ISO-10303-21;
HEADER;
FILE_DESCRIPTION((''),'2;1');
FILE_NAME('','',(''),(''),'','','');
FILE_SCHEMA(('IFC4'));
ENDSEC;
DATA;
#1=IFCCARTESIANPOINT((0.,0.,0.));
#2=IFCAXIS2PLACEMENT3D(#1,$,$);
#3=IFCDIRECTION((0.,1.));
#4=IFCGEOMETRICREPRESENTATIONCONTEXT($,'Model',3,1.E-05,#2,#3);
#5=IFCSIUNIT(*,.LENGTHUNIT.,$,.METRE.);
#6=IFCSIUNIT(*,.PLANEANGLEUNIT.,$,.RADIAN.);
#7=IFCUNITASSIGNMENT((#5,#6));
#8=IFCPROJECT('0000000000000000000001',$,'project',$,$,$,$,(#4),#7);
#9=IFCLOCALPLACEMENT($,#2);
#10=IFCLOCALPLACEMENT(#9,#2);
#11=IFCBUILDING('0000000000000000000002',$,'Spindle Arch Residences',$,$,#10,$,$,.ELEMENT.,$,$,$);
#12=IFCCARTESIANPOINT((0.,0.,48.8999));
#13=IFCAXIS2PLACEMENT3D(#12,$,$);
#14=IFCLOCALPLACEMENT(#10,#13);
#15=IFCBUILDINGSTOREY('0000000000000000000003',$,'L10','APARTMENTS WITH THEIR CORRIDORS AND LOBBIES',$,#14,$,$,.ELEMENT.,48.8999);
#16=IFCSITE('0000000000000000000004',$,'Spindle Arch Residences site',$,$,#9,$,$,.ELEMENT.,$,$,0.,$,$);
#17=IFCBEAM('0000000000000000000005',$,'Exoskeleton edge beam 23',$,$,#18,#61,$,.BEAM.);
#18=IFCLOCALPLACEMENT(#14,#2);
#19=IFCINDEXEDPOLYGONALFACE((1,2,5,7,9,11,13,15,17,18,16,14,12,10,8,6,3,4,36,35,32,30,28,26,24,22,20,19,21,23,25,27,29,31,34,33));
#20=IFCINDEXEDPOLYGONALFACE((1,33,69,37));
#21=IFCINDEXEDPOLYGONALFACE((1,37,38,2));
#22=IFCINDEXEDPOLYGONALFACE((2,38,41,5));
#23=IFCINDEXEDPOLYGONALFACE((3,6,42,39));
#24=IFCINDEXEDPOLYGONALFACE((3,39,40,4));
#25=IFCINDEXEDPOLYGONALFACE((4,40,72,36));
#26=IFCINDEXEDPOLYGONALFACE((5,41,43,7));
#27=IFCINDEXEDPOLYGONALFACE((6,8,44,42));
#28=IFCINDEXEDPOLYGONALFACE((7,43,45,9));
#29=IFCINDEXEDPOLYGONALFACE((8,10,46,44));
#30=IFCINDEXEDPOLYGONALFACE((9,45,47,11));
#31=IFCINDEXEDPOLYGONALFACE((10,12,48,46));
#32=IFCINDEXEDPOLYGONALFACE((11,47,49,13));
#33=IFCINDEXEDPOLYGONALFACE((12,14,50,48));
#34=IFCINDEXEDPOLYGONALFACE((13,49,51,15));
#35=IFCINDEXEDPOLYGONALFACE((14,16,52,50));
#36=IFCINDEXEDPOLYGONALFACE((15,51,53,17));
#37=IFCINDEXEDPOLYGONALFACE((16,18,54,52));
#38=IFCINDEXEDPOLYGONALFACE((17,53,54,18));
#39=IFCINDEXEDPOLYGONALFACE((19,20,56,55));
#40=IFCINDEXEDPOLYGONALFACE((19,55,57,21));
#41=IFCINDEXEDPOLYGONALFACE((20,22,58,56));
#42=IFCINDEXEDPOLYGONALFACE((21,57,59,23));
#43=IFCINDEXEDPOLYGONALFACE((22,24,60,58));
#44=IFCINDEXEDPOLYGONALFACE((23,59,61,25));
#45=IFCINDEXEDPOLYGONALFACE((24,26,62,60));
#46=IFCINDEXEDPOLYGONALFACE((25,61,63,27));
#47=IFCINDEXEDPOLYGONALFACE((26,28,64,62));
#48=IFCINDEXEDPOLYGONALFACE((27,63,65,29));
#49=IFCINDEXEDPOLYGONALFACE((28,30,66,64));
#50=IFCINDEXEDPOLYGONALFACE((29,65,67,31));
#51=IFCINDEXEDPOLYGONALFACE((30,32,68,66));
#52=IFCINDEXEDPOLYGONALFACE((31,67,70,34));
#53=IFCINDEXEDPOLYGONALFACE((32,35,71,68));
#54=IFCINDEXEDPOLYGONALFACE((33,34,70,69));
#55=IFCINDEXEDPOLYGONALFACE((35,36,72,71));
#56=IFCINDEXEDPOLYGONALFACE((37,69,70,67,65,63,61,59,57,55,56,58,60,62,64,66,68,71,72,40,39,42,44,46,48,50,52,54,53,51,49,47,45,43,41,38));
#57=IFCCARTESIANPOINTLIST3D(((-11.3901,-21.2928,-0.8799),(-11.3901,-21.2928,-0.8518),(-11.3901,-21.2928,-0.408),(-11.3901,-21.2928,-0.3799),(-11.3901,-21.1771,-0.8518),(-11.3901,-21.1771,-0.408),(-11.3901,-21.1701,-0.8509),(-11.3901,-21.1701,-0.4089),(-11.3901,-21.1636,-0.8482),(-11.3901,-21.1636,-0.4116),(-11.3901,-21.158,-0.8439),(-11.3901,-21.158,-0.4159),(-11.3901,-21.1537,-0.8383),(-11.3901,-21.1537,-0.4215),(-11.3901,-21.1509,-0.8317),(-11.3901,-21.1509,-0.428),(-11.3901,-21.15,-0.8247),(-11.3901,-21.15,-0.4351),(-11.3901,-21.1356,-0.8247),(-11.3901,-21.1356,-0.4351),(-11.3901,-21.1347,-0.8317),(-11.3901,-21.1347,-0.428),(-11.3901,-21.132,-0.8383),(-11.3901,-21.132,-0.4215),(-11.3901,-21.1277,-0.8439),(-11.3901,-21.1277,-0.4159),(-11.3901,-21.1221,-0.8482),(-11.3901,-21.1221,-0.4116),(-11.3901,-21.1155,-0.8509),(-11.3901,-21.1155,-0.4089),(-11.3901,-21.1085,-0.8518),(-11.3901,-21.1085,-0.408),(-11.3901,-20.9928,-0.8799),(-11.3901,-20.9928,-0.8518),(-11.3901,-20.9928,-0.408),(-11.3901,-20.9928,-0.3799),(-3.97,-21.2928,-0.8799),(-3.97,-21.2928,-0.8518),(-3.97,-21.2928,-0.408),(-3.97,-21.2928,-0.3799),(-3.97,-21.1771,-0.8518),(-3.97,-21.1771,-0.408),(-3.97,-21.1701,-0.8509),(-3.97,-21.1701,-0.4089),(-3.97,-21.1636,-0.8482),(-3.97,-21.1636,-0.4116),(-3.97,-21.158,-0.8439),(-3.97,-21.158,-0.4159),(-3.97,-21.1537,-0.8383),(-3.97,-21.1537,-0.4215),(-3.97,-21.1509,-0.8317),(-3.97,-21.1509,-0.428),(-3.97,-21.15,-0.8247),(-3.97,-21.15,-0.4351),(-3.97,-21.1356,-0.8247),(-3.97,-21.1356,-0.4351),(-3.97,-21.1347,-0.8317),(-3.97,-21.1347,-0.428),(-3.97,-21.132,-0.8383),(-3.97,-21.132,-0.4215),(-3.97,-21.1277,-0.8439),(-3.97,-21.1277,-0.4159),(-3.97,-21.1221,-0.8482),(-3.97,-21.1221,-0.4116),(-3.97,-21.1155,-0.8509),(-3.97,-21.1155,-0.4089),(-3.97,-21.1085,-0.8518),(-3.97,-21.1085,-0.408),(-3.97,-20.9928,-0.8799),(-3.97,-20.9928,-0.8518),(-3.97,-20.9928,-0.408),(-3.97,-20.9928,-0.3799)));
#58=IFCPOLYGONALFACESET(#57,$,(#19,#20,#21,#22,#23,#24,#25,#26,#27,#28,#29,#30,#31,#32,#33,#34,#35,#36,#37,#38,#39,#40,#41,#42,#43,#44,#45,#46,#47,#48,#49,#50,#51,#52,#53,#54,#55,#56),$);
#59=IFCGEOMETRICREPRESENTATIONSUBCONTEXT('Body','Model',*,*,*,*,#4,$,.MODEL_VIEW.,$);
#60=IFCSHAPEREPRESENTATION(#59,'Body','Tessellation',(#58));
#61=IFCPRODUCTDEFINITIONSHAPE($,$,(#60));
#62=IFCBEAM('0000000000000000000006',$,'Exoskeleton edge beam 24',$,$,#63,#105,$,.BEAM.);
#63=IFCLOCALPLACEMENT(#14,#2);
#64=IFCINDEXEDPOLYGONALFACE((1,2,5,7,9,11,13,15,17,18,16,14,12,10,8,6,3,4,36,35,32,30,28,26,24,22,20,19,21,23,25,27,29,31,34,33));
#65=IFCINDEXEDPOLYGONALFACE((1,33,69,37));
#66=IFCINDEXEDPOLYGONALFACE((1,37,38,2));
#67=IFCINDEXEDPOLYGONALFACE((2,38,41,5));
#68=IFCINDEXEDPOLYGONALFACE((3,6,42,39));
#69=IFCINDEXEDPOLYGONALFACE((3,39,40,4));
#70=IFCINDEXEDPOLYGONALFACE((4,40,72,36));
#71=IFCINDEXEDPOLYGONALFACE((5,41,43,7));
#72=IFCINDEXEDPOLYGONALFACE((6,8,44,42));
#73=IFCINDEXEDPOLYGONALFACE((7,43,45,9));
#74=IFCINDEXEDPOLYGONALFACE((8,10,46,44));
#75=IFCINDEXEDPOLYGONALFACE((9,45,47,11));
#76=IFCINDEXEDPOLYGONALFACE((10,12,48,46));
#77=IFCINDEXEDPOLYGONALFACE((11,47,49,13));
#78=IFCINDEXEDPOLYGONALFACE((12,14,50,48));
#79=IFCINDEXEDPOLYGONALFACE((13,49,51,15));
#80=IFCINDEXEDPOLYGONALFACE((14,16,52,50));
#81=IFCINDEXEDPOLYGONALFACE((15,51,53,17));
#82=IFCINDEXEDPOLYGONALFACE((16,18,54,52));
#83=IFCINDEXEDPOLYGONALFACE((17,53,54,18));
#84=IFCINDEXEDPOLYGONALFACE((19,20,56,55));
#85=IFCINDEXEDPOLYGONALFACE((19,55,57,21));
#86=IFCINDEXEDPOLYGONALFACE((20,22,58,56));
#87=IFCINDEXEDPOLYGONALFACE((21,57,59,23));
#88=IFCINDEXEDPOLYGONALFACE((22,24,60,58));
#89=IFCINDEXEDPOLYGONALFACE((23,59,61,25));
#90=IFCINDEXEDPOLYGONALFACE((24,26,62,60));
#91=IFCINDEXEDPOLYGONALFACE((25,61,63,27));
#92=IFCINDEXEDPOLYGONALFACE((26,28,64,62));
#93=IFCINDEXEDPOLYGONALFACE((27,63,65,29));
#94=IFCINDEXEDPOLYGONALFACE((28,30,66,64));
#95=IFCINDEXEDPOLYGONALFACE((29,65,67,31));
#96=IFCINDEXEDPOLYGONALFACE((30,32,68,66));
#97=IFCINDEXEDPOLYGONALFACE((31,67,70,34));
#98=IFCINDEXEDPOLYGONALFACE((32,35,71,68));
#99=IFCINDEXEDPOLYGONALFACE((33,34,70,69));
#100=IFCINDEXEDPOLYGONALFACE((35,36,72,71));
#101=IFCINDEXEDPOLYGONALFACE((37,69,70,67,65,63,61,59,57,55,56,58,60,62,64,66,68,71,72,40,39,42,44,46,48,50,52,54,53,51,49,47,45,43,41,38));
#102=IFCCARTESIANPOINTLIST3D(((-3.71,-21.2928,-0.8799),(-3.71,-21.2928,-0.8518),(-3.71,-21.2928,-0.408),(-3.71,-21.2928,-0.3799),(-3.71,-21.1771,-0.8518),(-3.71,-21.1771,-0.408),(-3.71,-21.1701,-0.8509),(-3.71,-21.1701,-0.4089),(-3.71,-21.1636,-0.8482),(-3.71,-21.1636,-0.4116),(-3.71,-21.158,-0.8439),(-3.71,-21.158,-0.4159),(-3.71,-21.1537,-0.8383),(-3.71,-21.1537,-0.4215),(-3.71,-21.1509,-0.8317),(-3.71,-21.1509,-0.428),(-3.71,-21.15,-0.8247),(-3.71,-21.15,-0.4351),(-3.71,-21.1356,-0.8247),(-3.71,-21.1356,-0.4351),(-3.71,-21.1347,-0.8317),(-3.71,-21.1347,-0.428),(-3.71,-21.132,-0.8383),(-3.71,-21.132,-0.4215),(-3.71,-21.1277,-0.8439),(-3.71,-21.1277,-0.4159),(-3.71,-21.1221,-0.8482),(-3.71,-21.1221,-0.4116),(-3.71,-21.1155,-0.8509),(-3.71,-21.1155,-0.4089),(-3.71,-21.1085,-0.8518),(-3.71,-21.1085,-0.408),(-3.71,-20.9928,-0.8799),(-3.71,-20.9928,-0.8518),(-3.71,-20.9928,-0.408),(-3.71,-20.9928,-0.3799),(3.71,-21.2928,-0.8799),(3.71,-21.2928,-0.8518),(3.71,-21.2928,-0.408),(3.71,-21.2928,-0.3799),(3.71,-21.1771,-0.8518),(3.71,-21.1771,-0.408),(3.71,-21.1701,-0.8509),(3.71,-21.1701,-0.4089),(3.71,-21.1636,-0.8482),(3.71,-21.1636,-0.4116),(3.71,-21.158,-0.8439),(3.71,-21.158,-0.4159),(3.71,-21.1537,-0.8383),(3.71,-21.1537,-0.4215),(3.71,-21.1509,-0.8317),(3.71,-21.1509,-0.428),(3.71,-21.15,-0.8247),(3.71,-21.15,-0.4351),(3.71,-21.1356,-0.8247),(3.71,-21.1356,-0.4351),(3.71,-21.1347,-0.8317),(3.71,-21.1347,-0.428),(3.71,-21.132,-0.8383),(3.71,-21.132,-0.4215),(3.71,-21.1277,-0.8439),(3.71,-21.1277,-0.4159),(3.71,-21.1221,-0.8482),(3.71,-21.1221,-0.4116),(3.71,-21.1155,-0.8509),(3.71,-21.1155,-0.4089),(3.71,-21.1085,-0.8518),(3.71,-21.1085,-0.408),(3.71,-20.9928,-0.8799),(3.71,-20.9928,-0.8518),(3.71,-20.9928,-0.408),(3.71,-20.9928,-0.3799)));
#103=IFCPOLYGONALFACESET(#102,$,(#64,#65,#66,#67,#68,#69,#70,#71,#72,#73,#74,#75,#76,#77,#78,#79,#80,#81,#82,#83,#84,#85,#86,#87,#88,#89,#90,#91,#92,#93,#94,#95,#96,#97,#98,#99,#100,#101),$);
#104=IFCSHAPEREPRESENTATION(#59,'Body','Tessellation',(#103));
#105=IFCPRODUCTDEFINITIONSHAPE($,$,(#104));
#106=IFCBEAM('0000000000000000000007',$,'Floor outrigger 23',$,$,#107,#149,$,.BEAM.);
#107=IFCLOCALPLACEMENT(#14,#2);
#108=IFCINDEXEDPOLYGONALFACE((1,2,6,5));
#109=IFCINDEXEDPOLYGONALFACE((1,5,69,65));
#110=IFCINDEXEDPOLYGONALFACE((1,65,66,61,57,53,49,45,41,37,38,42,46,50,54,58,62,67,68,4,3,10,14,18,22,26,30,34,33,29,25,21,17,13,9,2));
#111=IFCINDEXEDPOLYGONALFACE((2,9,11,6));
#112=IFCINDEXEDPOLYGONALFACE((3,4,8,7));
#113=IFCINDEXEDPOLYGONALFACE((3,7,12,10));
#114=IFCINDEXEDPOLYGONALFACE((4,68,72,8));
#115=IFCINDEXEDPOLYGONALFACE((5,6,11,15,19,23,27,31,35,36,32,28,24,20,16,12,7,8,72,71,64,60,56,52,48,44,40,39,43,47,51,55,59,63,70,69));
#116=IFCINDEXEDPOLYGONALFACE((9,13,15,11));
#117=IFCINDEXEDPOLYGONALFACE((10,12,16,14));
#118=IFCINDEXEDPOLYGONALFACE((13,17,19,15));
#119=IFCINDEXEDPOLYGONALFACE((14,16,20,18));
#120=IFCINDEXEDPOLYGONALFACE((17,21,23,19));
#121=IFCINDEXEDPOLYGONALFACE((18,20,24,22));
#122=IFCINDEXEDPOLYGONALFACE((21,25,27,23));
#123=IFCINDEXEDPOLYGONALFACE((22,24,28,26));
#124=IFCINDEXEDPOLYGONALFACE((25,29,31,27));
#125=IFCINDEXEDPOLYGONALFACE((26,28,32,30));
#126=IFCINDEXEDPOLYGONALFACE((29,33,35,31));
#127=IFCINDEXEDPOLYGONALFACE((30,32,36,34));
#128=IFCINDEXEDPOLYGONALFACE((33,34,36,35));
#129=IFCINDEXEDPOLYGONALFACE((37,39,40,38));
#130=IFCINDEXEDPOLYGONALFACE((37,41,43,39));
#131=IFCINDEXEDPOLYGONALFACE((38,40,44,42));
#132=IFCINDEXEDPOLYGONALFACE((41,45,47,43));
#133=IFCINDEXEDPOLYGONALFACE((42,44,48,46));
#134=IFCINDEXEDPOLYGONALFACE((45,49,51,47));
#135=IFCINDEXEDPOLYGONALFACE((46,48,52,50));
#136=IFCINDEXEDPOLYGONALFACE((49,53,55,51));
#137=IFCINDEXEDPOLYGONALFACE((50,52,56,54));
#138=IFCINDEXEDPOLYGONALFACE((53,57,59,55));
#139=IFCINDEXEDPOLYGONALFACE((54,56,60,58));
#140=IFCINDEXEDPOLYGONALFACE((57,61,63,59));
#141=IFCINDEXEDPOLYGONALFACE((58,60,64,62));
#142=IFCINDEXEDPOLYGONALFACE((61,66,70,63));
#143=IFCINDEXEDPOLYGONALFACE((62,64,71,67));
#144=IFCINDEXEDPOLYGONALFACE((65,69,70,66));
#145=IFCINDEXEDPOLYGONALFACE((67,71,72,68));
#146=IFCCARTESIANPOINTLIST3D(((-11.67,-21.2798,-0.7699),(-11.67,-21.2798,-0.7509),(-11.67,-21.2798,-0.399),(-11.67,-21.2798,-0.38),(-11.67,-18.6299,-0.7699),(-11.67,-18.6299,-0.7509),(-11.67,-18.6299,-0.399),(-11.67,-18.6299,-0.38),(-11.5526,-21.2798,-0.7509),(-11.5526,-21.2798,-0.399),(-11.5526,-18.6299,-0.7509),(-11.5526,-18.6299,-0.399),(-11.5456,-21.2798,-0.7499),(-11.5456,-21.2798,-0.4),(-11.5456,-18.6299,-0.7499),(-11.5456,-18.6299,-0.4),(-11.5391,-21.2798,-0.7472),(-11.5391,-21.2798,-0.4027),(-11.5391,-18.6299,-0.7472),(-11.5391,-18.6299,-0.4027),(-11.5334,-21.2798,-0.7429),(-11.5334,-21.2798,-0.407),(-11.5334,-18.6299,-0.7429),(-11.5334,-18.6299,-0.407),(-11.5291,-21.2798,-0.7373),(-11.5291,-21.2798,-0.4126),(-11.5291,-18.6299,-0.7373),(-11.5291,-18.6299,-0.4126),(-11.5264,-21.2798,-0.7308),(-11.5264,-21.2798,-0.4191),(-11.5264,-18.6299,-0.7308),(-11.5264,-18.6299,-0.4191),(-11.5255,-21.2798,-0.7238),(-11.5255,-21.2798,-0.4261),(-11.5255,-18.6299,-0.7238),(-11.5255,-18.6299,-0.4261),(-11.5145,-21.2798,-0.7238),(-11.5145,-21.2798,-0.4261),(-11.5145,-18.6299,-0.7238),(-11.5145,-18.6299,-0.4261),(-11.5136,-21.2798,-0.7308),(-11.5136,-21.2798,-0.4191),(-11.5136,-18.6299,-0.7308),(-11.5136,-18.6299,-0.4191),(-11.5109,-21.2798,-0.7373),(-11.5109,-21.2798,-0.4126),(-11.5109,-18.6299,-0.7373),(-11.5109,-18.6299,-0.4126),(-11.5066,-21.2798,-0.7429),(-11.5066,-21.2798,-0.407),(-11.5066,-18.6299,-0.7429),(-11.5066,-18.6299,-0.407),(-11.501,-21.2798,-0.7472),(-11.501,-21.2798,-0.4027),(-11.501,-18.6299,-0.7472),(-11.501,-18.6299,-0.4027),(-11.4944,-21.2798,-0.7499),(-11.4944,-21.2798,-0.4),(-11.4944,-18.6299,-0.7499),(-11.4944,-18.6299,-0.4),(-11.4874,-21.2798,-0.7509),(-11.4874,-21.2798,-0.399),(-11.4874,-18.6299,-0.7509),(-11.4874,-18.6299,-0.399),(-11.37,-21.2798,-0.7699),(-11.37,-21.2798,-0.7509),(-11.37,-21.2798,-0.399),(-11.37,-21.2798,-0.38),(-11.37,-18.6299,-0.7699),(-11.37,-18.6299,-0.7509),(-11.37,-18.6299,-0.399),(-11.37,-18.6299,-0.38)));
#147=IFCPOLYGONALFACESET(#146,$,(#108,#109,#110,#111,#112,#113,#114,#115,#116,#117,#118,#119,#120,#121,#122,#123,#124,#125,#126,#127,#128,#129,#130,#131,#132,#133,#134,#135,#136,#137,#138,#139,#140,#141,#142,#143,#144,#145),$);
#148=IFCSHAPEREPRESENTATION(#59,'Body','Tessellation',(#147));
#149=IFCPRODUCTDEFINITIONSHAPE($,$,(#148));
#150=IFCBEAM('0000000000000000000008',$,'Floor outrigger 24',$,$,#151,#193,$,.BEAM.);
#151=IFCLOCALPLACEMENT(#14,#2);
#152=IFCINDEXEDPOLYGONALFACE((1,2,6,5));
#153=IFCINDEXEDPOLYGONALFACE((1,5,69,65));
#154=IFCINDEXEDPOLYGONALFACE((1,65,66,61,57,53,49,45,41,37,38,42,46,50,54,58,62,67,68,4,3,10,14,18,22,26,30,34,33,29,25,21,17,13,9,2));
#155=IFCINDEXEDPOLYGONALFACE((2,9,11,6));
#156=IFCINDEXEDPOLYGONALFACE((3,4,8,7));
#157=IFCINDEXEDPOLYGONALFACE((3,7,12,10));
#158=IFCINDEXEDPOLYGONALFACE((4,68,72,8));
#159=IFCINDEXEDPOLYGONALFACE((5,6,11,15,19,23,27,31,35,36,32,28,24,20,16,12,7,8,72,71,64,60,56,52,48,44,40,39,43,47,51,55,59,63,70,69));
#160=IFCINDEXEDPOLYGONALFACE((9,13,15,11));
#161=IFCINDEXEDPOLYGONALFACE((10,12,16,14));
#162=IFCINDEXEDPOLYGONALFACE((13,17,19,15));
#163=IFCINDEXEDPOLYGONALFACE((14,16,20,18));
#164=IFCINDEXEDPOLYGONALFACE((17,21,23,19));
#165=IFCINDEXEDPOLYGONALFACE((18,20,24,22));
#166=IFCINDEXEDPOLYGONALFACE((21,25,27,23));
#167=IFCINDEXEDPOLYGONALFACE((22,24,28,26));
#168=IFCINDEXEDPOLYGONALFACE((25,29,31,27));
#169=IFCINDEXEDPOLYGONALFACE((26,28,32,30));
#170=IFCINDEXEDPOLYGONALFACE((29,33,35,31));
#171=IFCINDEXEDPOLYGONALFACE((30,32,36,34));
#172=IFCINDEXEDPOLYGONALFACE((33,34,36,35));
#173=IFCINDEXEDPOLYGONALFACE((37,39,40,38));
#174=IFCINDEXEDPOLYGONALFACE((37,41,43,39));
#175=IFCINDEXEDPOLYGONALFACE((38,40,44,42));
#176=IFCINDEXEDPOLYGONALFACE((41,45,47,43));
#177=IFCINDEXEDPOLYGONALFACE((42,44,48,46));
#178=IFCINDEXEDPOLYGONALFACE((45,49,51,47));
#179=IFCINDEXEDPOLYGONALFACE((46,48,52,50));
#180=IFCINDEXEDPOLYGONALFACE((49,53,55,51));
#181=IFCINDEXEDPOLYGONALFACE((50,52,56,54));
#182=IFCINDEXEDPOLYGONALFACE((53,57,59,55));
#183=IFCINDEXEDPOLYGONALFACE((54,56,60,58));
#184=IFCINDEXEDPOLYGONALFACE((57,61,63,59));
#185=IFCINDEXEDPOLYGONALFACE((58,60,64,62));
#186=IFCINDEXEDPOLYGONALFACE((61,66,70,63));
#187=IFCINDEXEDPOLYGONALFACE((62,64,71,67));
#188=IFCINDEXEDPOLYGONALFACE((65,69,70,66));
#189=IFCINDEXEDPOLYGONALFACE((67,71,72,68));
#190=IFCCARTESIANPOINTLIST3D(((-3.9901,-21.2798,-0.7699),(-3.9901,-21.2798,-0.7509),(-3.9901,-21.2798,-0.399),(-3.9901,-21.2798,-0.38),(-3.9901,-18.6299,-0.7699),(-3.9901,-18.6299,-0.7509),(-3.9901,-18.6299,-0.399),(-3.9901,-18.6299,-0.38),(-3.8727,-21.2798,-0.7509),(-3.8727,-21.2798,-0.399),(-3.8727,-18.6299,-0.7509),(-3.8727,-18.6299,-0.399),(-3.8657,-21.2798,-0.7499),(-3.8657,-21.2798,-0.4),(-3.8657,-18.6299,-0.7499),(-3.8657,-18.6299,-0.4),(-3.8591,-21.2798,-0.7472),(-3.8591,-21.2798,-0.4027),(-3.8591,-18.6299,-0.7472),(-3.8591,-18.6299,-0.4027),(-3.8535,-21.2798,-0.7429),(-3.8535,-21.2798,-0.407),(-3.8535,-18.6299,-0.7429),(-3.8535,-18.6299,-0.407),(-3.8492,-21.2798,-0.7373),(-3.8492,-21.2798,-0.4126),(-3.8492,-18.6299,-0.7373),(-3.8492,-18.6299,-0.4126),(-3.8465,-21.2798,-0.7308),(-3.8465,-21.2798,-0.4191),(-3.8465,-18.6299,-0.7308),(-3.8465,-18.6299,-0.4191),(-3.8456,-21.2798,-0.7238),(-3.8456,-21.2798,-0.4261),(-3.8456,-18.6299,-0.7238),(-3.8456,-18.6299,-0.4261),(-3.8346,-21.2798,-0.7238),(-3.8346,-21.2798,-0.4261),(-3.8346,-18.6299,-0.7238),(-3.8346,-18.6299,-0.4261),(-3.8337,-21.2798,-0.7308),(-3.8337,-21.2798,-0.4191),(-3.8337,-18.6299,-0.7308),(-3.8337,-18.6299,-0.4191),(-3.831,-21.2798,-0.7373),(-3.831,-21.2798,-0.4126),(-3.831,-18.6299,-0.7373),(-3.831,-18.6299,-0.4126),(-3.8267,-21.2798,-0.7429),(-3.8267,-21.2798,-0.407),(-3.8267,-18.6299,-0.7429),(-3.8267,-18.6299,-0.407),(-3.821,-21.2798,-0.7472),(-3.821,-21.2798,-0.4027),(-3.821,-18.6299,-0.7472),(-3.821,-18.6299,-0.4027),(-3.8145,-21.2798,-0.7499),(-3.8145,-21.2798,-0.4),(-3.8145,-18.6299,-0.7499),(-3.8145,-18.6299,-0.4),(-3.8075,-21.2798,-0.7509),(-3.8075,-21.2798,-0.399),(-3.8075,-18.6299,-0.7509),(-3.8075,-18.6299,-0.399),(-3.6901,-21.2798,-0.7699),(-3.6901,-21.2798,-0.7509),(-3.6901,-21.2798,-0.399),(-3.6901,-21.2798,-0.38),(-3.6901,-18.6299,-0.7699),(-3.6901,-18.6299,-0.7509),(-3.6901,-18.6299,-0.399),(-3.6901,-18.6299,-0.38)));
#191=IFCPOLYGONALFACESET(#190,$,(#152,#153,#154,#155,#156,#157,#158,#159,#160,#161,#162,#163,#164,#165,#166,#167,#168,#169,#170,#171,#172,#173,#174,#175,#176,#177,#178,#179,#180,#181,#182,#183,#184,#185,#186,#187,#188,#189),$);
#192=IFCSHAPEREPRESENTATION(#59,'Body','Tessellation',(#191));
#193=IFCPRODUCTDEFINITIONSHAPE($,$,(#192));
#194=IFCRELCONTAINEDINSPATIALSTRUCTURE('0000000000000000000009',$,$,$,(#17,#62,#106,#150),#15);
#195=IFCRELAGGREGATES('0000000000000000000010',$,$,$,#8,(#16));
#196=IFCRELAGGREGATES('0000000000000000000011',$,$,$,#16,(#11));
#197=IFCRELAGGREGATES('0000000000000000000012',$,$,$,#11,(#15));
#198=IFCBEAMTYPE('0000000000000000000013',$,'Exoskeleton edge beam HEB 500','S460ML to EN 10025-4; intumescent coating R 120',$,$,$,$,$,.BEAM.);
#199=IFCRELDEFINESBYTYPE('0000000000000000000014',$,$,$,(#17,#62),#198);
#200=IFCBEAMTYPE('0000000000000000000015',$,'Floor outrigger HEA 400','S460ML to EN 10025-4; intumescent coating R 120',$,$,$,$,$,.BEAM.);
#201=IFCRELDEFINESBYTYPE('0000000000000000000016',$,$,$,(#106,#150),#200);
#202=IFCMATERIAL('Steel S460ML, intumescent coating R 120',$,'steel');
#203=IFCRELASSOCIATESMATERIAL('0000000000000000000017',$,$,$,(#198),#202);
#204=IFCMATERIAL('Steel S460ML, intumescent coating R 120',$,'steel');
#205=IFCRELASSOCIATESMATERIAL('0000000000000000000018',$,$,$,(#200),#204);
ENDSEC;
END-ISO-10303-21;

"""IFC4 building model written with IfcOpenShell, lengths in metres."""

from ifc_helpers import new_model, si_unit, direction, frame, origin, origin_2d, place, context, subcontext, project, spatial, i_section, extrude, material, material_profile, profile_set, type_object, element, save


model = new_model("IFC4")

# Units and contexts
model_context = context("Model", 3, precision=1e-05, world=origin(), true_north=direction((0.0, 1.0)))
body_context = subcontext(model_context, "Body", "Model", "MODEL_VIEW")
ifc_project = project(units=[si_unit("LENGTHUNIT", "METRE"), si_unit("PLANEANGLEUNIT", "RADIAN")], contexts=[model_context])

# Site, building, storey
site_placement = place(None, origin())
site = spatial("IfcSite", under=ifc_project, at=site_placement, Name="Spindle Arch Residences site", CompositionType="ELEMENT", RefElevation=0.0)
building_placement = place(site_placement, origin())
building = spatial("IfcBuilding", under=site, at=building_placement, Name="Spindle Arch Residences", CompositionType="ELEMENT")
storey_placement = place(building_placement, frame((0.0, 0.0, 48.8999)))
storey = spatial("IfcBuildingStorey", under=building, at=storey_placement, Name="L10", Description="APARTMENTS WITH THEIR CORRIDORS AND LOBBIES", CompositionType="ELEMENT", Elevation=48.8999)

# Beams
ifc_material_1 = material(Name="Steel S460ML, intumescent coating R 120", Category="steel")
ifc_material_profile_1 = material_profile(ifc_material_1, i_section(OverallWidth=0.3, OverallDepth=0.5, WebThickness=0.0144, FlangeThickness=0.0281, FilletRadius=0.0271, at=origin_2d()), Name="HEB 500")
ifc_profile_set_1 = profile_set([ifc_material_profile_1], Name="Steel S460ML, intumescent coating R 120")
beam_type_1 = type_object("IfcBeamType", Name="Exoskeleton edge beam HEB 500", Description="S460ML to EN 10025-4; intumescent coating R 120", PredefinedType="BEAM", material=ifc_profile_set_1)
for number, where, z_axis, x_axis, name in (
    (1, (-11.3901, -21.1428, -0.6299), (1.0, 0.0, 0.0), (0.0, 1.0, 0.0), "Exoskeleton edge beam 23"),
):
    element("IfcBeam", number, at=place(storey_placement, frame(where, z_axis=z_axis, x_axis=x_axis)), inside=storey, type_object=beam_type_1, Name=name, PredefinedType="BEAM", context=body_context, shape_type="SweptSolid", body=[
        extrude(i_section(OverallWidth=0.3, OverallDepth=0.5, WebThickness=0.0144, FlangeThickness=0.0281, FilletRadius=0.0271, at=origin_2d()), origin(), (0.0, 0.0, 1.0), 7.4202),
    ])
beam_placement = place(storey_placement, frame((-3.71, -21.1428, -0.6299), z_axis=(1.0, 0.0, 0.0), x_axis=(0.0, 1.0, 0.0)))
element("IfcBeam", 2, at=beam_placement, inside=storey, type_object=beam_type_1, Name="Exoskeleton edge beam 24", PredefinedType="BEAM", context=body_context, shape_type="SweptSolid", body=[
    extrude(i_section(OverallWidth=0.3, OverallDepth=0.5, WebThickness=0.0144, FlangeThickness=0.0281, FilletRadius=0.0271, at=origin_2d()), origin(), (0.0, 0.0, 1.0), 7.4199),
])
ifc_material_2 = material(Name="Steel S460ML, intumescent coating R 120", Category="steel")
ifc_material_profile_2 = material_profile(ifc_material_2, i_section(OverallWidth=0.3, OverallDepth=0.3899, WebThickness=0.011, FlangeThickness=0.019, FilletRadius=0.0271, at=origin_2d()), Name="HEA 400")
ifc_profile_set_2 = profile_set([ifc_material_profile_2], Name="Steel S460ML, intumescent coating R 120")
beam_type_2 = type_object("IfcBeamType", Name="Floor outrigger HEA 400", Description="S460ML to EN 10025-4; intumescent coating R 120", PredefinedType="BEAM", material=ifc_profile_set_2)
for number, where, z_axis, x_axis, name in (
    (3, (-11.52, -21.2798, -0.575), (0.0, 1.0, 0.0), (-1.0, 0.0, 0.0), "Floor outrigger 23"),
    (4, (-3.8401, -21.2798, -0.575), (0.0, 1.0, 0.0), (-1.0, 0.0, 0.0), "Floor outrigger 24"),
):
    element("IfcBeam", number, at=place(storey_placement, frame(where, z_axis=z_axis, x_axis=x_axis)), inside=storey, type_object=beam_type_2, Name=name, PredefinedType="BEAM", context=body_context, shape_type="SweptSolid", body=[
        extrude(i_section(OverallWidth=0.3, OverallDepth=0.3899, WebThickness=0.011, FlangeThickness=0.019, FilletRadius=0.0271, at=origin_2d()), origin(), (0.0, 0.0, 1.0), 2.6499),
    ])

save(model, "model.ifc")
